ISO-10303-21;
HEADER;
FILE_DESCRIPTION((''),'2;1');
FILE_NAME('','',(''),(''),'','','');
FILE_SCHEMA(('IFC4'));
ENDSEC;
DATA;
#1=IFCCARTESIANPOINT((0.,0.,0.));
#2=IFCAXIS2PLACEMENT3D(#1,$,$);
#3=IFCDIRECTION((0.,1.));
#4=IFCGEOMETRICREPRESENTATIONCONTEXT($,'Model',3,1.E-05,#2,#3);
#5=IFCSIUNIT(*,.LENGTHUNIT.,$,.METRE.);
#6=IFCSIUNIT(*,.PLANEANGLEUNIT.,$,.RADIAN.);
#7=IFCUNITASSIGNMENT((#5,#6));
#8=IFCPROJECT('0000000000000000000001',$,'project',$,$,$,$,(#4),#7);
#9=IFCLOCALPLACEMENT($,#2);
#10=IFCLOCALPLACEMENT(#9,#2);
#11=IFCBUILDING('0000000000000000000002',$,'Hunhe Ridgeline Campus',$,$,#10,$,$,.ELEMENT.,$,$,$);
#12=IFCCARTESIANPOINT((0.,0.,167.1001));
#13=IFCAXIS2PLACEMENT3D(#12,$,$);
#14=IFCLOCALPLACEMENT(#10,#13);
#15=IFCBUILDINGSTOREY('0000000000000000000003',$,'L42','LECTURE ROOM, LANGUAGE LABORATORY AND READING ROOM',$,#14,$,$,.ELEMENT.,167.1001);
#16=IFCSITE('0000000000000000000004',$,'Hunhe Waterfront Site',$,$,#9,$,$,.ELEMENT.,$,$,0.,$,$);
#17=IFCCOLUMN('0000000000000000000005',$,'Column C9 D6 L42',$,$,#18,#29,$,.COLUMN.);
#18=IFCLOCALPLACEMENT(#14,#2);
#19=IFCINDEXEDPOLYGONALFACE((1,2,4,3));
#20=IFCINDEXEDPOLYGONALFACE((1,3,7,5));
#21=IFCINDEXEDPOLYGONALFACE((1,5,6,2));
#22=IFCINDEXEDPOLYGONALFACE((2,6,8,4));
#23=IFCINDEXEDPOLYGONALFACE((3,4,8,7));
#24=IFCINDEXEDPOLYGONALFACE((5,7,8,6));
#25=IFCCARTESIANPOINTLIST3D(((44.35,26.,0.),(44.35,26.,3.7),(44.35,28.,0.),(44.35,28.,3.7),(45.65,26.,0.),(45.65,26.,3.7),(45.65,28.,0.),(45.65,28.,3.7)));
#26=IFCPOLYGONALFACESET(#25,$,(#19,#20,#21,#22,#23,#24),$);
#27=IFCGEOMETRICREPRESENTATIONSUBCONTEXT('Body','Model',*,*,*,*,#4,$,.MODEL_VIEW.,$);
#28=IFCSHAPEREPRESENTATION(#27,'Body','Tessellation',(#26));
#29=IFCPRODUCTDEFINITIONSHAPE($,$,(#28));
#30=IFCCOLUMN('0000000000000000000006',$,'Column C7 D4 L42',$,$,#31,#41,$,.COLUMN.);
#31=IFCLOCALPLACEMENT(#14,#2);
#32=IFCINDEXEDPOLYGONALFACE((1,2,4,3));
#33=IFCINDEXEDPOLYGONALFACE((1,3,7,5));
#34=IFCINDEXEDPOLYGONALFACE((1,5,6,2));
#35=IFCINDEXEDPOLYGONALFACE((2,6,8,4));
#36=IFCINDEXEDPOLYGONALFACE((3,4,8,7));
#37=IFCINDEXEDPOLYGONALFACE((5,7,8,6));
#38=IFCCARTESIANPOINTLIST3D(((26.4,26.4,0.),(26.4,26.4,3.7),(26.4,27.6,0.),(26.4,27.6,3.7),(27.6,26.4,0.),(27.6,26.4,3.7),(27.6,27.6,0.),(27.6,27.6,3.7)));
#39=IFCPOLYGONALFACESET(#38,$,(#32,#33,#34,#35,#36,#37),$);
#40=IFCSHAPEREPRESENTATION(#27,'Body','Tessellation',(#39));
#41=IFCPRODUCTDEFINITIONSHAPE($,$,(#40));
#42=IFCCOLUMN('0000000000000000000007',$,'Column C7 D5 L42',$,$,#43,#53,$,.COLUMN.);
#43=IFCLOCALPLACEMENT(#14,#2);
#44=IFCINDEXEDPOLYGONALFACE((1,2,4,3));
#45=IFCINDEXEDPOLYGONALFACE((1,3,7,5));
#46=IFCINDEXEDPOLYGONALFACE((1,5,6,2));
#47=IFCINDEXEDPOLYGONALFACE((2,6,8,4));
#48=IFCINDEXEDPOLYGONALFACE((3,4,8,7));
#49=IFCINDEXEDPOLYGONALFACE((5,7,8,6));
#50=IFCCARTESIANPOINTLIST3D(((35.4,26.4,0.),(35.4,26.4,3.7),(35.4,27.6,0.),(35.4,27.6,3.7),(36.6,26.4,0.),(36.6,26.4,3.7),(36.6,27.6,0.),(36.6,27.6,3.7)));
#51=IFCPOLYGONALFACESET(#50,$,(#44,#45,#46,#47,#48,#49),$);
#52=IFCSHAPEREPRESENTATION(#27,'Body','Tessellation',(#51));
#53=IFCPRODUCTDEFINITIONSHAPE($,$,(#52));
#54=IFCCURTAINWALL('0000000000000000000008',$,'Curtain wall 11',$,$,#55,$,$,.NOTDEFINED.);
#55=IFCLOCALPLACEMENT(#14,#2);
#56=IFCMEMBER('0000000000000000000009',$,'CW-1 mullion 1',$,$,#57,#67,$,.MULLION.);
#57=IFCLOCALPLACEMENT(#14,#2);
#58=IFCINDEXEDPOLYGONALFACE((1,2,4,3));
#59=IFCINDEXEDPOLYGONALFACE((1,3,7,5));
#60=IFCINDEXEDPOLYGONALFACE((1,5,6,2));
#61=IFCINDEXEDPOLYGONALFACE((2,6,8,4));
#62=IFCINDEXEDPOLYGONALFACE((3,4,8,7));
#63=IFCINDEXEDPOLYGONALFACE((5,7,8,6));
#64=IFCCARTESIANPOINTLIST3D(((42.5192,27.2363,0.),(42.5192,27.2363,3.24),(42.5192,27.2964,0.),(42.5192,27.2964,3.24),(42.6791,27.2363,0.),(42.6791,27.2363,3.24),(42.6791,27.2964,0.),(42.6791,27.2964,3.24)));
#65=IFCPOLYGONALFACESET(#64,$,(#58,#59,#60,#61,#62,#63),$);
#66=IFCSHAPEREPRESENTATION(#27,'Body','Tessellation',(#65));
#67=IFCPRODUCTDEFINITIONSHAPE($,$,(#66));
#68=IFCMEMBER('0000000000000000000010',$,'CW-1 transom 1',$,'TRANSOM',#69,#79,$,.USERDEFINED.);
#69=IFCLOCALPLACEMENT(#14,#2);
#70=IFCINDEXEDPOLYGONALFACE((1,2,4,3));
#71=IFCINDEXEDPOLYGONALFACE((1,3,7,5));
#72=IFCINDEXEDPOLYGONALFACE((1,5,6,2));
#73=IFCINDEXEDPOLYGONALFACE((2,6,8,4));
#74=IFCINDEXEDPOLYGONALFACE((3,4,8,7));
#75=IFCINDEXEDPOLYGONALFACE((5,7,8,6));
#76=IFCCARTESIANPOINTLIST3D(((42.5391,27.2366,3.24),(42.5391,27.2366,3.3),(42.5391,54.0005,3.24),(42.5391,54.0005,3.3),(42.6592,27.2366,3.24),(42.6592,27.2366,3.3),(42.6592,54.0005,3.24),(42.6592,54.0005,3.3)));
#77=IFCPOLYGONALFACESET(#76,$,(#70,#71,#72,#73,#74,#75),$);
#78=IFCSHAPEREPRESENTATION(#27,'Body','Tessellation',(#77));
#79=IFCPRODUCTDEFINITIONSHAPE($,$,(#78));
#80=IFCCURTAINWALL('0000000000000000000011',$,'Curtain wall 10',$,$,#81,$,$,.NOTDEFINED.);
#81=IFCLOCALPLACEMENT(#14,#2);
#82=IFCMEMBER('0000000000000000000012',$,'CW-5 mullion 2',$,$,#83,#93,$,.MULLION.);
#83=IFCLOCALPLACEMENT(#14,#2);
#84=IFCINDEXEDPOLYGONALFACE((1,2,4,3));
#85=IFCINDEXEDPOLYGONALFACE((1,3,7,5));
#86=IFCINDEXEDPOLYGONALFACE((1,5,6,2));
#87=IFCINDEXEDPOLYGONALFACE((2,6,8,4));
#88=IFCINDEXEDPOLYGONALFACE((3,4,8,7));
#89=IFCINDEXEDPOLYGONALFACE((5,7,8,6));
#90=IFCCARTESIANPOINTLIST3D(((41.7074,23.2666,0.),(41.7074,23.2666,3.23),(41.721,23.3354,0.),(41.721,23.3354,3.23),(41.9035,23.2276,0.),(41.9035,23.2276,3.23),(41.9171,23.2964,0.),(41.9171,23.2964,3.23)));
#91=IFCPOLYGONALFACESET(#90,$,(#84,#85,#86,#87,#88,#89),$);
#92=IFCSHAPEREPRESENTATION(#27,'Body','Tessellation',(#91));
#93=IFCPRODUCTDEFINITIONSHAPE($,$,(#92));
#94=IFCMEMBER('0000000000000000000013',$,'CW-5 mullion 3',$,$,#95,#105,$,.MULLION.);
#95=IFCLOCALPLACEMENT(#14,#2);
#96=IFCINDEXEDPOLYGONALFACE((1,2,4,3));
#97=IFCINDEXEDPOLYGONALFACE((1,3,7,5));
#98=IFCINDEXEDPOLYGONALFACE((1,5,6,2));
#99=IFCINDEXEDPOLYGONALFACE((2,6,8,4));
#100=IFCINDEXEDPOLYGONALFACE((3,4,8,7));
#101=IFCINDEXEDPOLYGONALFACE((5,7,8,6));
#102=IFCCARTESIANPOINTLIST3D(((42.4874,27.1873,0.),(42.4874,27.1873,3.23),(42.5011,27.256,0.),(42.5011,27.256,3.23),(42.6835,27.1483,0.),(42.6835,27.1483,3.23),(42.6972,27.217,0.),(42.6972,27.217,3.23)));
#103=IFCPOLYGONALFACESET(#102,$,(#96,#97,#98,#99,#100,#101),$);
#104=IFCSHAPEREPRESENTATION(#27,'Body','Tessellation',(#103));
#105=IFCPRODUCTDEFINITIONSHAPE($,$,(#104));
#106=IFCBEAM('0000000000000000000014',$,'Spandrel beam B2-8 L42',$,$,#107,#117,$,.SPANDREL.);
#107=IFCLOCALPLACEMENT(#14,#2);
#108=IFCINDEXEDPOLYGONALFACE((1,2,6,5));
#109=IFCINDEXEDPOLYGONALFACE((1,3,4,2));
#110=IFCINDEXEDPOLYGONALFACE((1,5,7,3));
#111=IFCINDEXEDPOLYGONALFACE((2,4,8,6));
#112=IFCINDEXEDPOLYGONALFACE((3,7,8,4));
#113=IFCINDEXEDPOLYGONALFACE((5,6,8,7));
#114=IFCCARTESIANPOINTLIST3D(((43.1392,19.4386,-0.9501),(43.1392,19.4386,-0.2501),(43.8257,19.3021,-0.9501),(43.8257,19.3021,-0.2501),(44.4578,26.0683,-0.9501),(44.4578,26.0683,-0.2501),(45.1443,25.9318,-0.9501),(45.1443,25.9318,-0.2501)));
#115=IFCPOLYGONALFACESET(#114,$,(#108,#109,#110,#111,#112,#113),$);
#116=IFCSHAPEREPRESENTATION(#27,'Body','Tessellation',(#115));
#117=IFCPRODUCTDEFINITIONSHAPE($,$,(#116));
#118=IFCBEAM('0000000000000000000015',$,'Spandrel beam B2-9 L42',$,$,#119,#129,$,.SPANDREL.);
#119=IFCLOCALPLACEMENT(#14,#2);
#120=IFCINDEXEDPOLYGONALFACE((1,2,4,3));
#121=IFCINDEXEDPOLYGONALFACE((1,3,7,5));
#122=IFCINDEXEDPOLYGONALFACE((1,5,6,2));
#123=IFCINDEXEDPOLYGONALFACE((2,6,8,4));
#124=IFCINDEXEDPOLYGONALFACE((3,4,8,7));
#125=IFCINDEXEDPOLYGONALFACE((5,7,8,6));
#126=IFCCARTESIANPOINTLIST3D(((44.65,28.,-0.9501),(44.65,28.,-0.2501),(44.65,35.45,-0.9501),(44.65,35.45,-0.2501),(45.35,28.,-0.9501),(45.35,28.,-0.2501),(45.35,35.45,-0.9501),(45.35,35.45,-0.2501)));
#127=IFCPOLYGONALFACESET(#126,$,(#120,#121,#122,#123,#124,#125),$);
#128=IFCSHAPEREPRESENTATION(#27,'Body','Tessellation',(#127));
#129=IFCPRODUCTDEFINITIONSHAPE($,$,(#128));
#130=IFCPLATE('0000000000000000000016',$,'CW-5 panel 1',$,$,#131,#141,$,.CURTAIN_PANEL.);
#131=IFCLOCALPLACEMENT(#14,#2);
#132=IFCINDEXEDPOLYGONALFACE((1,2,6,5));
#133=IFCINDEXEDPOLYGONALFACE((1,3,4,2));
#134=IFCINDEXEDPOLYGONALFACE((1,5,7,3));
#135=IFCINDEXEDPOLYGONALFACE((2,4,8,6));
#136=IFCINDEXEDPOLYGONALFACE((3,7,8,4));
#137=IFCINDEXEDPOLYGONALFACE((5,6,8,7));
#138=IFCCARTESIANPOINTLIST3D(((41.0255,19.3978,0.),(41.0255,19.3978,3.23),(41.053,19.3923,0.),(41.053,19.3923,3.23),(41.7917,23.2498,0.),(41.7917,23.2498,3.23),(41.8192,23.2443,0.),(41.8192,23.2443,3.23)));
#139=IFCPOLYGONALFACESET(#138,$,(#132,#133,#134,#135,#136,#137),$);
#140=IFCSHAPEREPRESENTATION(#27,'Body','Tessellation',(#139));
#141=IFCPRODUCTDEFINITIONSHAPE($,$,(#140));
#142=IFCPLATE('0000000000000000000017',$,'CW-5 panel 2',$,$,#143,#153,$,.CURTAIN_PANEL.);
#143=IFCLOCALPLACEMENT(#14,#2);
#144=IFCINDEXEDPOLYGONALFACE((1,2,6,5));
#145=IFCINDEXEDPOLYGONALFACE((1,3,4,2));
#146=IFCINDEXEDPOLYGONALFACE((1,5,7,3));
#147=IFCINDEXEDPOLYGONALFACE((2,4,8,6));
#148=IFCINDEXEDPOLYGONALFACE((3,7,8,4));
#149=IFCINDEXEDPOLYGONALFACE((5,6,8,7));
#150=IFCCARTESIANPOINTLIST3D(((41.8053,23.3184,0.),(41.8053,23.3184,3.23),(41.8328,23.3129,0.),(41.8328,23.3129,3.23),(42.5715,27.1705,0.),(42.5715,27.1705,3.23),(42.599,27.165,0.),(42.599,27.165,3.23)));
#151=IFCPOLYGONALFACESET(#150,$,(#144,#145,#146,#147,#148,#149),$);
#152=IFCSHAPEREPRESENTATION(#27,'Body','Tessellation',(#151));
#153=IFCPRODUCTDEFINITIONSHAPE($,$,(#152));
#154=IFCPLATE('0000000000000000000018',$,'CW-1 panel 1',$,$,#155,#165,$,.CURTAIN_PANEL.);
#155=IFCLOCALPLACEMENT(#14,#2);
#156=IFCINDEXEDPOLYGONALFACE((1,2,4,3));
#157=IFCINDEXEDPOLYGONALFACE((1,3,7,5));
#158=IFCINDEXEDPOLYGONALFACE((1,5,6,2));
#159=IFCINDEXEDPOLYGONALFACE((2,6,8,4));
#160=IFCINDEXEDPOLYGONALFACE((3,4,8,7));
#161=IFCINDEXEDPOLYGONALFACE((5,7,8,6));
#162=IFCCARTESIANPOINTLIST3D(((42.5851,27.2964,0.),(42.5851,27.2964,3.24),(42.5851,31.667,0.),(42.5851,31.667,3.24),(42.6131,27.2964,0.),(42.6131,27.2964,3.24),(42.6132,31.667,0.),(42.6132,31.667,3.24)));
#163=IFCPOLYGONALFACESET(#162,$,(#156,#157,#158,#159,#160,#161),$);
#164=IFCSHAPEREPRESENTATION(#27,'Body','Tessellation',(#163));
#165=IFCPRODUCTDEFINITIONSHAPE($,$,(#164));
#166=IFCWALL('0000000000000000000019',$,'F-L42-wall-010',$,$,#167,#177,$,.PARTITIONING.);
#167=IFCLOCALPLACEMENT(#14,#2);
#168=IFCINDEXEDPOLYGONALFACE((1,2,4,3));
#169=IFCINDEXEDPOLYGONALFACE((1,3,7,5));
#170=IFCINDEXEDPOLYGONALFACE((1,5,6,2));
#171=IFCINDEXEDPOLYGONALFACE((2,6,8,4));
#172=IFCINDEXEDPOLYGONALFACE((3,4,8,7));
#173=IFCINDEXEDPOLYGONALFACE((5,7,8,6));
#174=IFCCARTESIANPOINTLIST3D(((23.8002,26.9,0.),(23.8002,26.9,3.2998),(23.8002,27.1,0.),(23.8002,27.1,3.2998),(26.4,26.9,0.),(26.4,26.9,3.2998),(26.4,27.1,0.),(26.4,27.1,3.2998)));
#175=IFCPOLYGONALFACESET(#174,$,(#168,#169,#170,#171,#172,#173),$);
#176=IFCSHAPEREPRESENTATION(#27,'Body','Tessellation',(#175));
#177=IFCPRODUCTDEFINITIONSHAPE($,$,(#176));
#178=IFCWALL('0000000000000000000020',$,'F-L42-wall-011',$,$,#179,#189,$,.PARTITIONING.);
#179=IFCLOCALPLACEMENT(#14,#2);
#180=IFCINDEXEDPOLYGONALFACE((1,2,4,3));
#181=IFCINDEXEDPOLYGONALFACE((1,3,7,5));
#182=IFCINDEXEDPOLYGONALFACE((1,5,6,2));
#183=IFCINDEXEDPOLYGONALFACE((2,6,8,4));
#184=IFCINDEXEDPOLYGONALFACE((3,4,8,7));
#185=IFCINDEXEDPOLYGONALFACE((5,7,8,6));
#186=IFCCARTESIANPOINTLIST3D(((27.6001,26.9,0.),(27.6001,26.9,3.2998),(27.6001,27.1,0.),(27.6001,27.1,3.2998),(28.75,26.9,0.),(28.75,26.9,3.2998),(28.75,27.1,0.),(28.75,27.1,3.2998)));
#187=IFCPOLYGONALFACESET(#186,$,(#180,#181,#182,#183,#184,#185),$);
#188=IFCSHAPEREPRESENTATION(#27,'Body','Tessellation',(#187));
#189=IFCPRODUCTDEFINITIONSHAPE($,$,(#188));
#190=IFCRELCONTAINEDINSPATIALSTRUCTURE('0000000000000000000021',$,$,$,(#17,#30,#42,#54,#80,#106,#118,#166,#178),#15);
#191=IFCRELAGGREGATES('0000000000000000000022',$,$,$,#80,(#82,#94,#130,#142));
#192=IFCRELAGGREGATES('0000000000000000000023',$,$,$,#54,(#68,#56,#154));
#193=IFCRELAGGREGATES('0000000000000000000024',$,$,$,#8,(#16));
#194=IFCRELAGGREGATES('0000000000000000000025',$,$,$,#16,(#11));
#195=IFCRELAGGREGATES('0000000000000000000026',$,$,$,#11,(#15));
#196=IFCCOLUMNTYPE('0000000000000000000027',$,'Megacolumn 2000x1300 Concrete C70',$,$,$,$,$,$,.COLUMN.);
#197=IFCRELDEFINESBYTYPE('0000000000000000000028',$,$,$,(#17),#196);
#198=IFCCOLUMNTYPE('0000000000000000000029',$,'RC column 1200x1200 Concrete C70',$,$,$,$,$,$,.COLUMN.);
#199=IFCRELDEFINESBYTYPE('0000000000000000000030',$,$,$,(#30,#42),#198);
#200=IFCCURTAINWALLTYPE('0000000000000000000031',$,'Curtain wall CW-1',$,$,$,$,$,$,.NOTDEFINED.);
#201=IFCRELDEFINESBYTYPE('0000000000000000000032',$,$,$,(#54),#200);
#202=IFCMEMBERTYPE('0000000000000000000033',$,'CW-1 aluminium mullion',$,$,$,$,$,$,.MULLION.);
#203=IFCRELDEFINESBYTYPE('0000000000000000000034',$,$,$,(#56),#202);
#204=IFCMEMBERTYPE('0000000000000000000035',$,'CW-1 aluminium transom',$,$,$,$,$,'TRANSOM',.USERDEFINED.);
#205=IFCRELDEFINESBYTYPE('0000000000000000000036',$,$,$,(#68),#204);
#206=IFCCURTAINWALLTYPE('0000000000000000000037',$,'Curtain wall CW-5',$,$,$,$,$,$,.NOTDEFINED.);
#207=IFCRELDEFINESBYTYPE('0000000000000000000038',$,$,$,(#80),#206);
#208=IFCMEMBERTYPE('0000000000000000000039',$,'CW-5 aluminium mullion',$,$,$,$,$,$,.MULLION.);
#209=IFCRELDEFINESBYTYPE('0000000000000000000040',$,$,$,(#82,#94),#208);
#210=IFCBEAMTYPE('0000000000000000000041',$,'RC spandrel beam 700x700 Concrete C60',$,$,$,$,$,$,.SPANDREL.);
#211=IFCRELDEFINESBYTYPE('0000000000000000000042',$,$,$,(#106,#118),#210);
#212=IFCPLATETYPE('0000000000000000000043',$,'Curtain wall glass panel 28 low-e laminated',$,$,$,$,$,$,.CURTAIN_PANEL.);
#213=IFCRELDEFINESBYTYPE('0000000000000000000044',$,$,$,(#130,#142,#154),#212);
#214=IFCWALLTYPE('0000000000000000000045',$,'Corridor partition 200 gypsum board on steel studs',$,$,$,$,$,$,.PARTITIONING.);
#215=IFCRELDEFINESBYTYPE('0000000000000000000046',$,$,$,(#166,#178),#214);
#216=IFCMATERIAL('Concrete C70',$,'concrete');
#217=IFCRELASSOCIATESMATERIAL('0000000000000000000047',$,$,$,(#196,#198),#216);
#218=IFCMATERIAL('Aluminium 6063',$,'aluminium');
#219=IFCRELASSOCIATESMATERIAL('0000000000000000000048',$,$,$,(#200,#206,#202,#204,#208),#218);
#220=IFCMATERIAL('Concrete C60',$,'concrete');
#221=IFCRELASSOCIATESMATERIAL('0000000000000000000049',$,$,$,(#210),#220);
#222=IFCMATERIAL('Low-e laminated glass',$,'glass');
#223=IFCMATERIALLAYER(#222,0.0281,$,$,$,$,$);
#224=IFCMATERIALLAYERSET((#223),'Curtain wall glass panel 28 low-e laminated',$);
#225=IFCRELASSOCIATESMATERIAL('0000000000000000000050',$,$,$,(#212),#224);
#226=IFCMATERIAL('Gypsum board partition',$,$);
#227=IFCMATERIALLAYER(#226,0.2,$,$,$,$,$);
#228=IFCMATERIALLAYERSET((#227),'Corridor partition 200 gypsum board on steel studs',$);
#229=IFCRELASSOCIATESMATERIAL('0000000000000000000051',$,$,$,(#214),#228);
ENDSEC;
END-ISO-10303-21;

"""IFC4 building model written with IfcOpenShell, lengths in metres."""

from ifc_helpers import new_model, si_unit, direction, frame, frame_2d, origin, origin_2d, place, context, subcontext, project, spatial, rectangle, extrude, material, layer, layer_set, material_profile, profile_set, type_object, element, aggregate, save


model = new_model("IFC4")

# Units and contexts
model_context = context("Model", 3, precision=1e-05, world=origin(), true_north=direction((0.0, 1.0)))
body_context = subcontext(model_context, "Body", "Model", "MODEL_VIEW")
ifc_project = project(units=[si_unit("LENGTHUNIT", "METRE"), si_unit("PLANEANGLEUNIT", "RADIAN")], contexts=[model_context])

# Site, building, storey
site_placement = place(None, origin())
site = spatial("IfcSite", under=ifc_project, at=site_placement, Name="Hunhe Waterfront Site", CompositionType="ELEMENT", RefElevation=0.0)
building_placement = place(site_placement, origin())
building = spatial("IfcBuilding", under=site, at=building_placement, Name="Hunhe Ridgeline Campus", CompositionType="ELEMENT")
storey_placement = place(building_placement, frame((0.0, 0.0, 167.1001)))
storey = spatial("IfcBuildingStorey", under=building, at=storey_placement, Name="L42", Description="LECTURE ROOM, LANGUAGE LABORATORY AND READING ROOM", CompositionType="ELEMENT", Elevation=167.1001)

# Columns
ifc_material_1 = material(Name="Concrete C70", Category="concrete")
ifc_material_profile_1 = material_profile(ifc_material_1, rectangle(XDim=2.0, YDim=1.3, at=origin_2d()))
ifc_profile_set_1 = profile_set([ifc_material_profile_1], Name="Concrete C70")
column_type_1 = type_object("IfcColumnType", Name="Megacolumn 2000x1300 Concrete C70", PredefinedType="COLUMN", material=ifc_profile_set_1)
column_placement = place(storey_placement, frame((45.0, 27.0, 0.0), z_axis=(0.0, 0.0, 1.0), x_axis=(0.0, 1.0, 0.0)))
element("IfcColumn", 1, at=column_placement, inside=storey, type_object=column_type_1, Name="Column C9 D6 L42", PredefinedType="COLUMN", context=body_context, shape_type="SweptSolid", body=[
    extrude(rectangle(XDim=2.0, YDim=1.3, at=origin_2d()), origin(), (0.0, 0.0, 1.0), 3.7),
])
ifc_material_profile_2 = material_profile(ifc_material_1, rectangle(XDim=1.2, YDim=1.2, at=origin_2d()))
ifc_profile_set_2 = profile_set([ifc_material_profile_2], Name="Concrete C70")
column_type_2 = type_object("IfcColumnType", Name="RC column 1200x1200 Concrete C70", PredefinedType="COLUMN", material=ifc_profile_set_2)
for number, where, z_axis, x_axis, name in (
    (2, (27.0, 27.0, 0.0), (0.0, 0.0, 1.0), (1.0, 0.0, 0.0), "Column C7 D4 L42"),
    (3, (36.0, 27.0, 0.0), (0.0, 0.0, 1.0), (1.0, 0.0, 0.0), "Column C7 D5 L42"),
):
    element("IfcColumn", number, at=place(storey_placement, frame(where, z_axis=z_axis, x_axis=x_axis)), inside=storey, type_object=column_type_2, Name=name, PredefinedType="COLUMN", context=body_context, shape_type="SweptSolid", body=[
        extrude(rectangle(XDim=1.2, YDim=1.2, at=origin_2d()), origin(), (0.0, 0.0, 1.0), 3.7),
    ])

# Curtain walls, members
ifc_material_2 = material(Name="Aluminium 6063", Category="aluminium")
curtain_wall_type_1 = type_object("IfcCurtainWallType", Name="Curtain wall CW-1", PredefinedType="NOTDEFINED", material=ifc_material_2)
curtain_wall_1_placement = place(storey_placement, origin())
curtain_wall_1 = element("IfcCurtainWall", 4, at=curtain_wall_1_placement, inside=storey, type_object=curtain_wall_type_1, Name="Curtain wall 11", PredefinedType="NOTDEFINED")
ifc_material_profile_3 = material_profile(ifc_material_2, rectangle(XDim=0.1599, YDim=0.0601, at=origin_2d()))
ifc_profile_set_3 = profile_set([ifc_material_profile_3], Name="Aluminium 6063")
member_type_1 = type_object("IfcMemberType", Name="CW-1 aluminium mullion", PredefinedType="MULLION", material=ifc_profile_set_3)
member_1_placement = place(storey_placement, frame((42.5991, 27.2664, 0.0), z_axis=(0.0, 0.0, 1.0), x_axis=(-1.0, 0.000004, 0.0)))
member_1 = element("IfcMember", 5, at=member_1_placement, type_object=member_type_1, Name="CW-1 mullion 1", PredefinedType="MULLION", context=body_context, shape_type="SweptSolid", body=[
    extrude(rectangle(XDim=0.1599, YDim=0.0601, at=origin_2d()), origin(), (0.0, 0.0, 1.0), 3.24),
])
ifc_material_profile_4 = material_profile(ifc_material_2, rectangle(XDim=0.1201, YDim=0.0601, at=origin_2d()))
ifc_profile_set_4 = profile_set([ifc_material_profile_4], Name="Aluminium 6063")
member_type_2 = type_object("IfcMemberType", Name="CW-1 aluminium transom", ElementType="TRANSOM", PredefinedType="USERDEFINED", material=ifc_profile_set_4)
member_2_placement = place(storey_placement, frame((42.5991, 27.2366, 3.27), z_axis=(0.0, 1.0, 0.0), x_axis=(-1.0, 0.0, 0.0)))
member_2 = element("IfcMember", 6, at=member_2_placement, type_object=member_type_2, Name="CW-1 transom 1", ObjectType="TRANSOM", PredefinedType="USERDEFINED", context=body_context, shape_type="SweptSolid", body=[
    extrude(rectangle(XDim=0.1201, YDim=0.0601, at=origin_2d()), origin(), (0.0, 0.0, 1.0), 26.7639),
])
curtain_wall_type_2 = type_object("IfcCurtainWallType", Name="Curtain wall CW-5", PredefinedType="NOTDEFINED", material=ifc_material_2)
curtain_wall_2_placement = place(storey_placement, origin())
curtain_wall_2 = element("IfcCurtainWall", 7, at=curtain_wall_2_placement, inside=storey, type_object=curtain_wall_type_2, Name="Curtain wall 10", PredefinedType="NOTDEFINED")
ifc_material_profile_5 = material_profile(ifc_material_2, rectangle(XDim=0.2, YDim=0.0701, at=origin_2d()))
ifc_profile_set_5 = profile_set([ifc_material_profile_5], Name="Aluminium 6063")
member_type_3 = type_object("IfcMemberType", Name="CW-5 aluminium mullion", PredefinedType="MULLION", material=ifc_profile_set_5)
member_3_placement = place(storey_placement, frame((41.8123, 23.2815, 0.0), z_axis=(0.0, 0.0, 1.0), x_axis=(-0.980785, 0.19509, 0.0)))
member_3 = element("IfcMember", 8, at=member_3_placement, type_object=member_type_3, Name="CW-5 mullion 2", PredefinedType="MULLION", context=body_context, shape_type="SweptSolid", body=[
    extrude(rectangle(XDim=0.2, YDim=0.0701, at=origin_2d()), origin(), (0.0, 0.0, 1.0), 3.23),
])
member_4_placement = place(storey_placement, frame((42.5923, 27.2021, 0.0), z_axis=(0.0, 0.0, 1.0), x_axis=(-0.980785, 0.19509, 0.0)))
member_4 = element("IfcMember", 9, at=member_4_placement, type_object=member_type_3, Name="CW-5 mullion 3", PredefinedType="MULLION", context=body_context, shape_type="SweptSolid", body=[
    extrude(rectangle(XDim=0.2, YDim=0.0701, at=origin_2d()), origin(), (0.0, 0.0, 1.0), 3.23),
])

# Beams
ifc_material_3 = material(Name="Concrete C60", Category="concrete")
ifc_material_profile_6 = material_profile(ifc_material_3, rectangle(XDim=0.7, YDim=0.7, at=origin_2d()))
ifc_profile_set_6 = profile_set([ifc_material_profile_6], Name="Concrete C60")
beam_type = type_object("IfcBeamType", Name="RC spandrel beam 700x700 Concrete C60", PredefinedType="SPANDREL", material=ifc_profile_set_6)
beam_1_placement = place(storey_placement, frame((43.4824, 19.3704, -0.6001), z_axis=(0.195074, 0.980788, 0.0), x_axis=(-0.980788, 0.195074, 0.0)))
element("IfcBeam", 10, at=beam_1_placement, inside=storey, type_object=beam_type, Name="Spandrel beam B2-8 L42", PredefinedType="SPANDREL", context=body_context, shape_type="SweptSolid", body=[
    extrude(rectangle(XDim=0.7, YDim=0.7, at=origin_2d()), origin(), (0.0, 0.0, 1.0), 6.7595),
])
beam_2_placement = place(storey_placement, frame((45.0, 28.0, -0.6001), z_axis=(0.0, 1.0, 0.0), x_axis=(-1.0, 0.0, 0.0)))
element("IfcBeam", 11, at=beam_2_placement, inside=storey, type_object=beam_type, Name="Spandrel beam B2-9 L42", PredefinedType="SPANDREL", context=body_context, shape_type="SweptSolid", body=[
    extrude(rectangle(XDim=0.7, YDim=0.7, at=origin_2d()), origin(), (0.0, 0.0, 1.0), 7.45),
])

# Plates
ifc_material_4 = material(Name="Low-e laminated glass", Category="glass")
ifc_layer_1 = layer(ifc_material_4, 0.0281)
ifc_layer_set_1 = layer_set([ifc_layer_1], Name="Curtain wall glass panel 28 low-e laminated")
plate_type = type_object("IfcPlateType", Name="Curtain wall glass panel 28 low-e laminated", PredefinedType="CURTAIN_PANEL", material=ifc_layer_set_1)
plate_1_placement = place(storey_placement, frame((41.4224, 21.321, 0.0), z_axis=(0.0, 0.0, 1.0), x_axis=(0.19509, 0.980785, 0.0)))
plate_1 = element("IfcPlate", 12, at=plate_1_placement, type_object=plate_type, Name="CW-5 panel 1", PredefinedType="CURTAIN_PANEL", context=body_context, shape_type="SweptSolid", body=[
    extrude(rectangle(XDim=3.9275, YDim=0.0281, at=origin_2d()), origin(), (0.0, 0.0, 1.0), 3.23),
])
plate_2_placement = place(storey_placement, frame((42.2021, 25.2417, 0.0), z_axis=(0.0, 0.0, 1.0), x_axis=(0.19509, 0.980785, 0.0)))
plate_2 = element("IfcPlate", 13, at=plate_2_placement, type_object=plate_type, Name="CW-5 panel 2", PredefinedType="CURTAIN_PANEL", context=body_context, shape_type="SweptSolid", body=[
    extrude(rectangle(XDim=3.9275, YDim=0.0281, at=origin_2d()), origin(), (0.0, 0.0, 1.0), 3.23),
])
aggregate(curtain_wall_2, [member_3, member_4, plate_1, plate_2])
plate_3_placement = place(storey_placement, frame((42.5991, 29.4817, 0.0), z_axis=(0.0, 0.0, 1.0), x_axis=(0.000004, 1.0, 0.0)))
plate_3 = element("IfcPlate", 14, at=plate_3_placement, type_object=plate_type, Name="CW-1 panel 1", PredefinedType="CURTAIN_PANEL", context=body_context, shape_type="SweptSolid", body=[
    extrude(rectangle(XDim=4.3706, YDim=0.0281, at=origin_2d()), origin(), (0.0, 0.0, 1.0), 3.24),
])
aggregate(curtain_wall_1, [member_2, member_1, plate_3])

# Walls
ifc_material_5 = material(Name="Gypsum board partition")
ifc_layer_2 = layer(ifc_material_5, 0.2)
ifc_layer_set_2 = layer_set([ifc_layer_2], Name="Corridor partition 200 gypsum board on steel studs")
wall_type_1 = type_object("IfcWallType", Name="Corridor partition 200 gypsum board on steel studs", PredefinedType="PARTITIONING", material=ifc_layer_set_2)
wall_1_placement = place(storey_placement, frame((26.3999, 27.0, 0.0), z_axis=(0.0, 0.0, 1.0), x_axis=(-1.0, 0.0, 0.0)))
element("IfcWall", 15, at=wall_1_placement, inside=storey, type_object=wall_type_1, Name="F-L42-wall-010", PredefinedType="PARTITIONING", context=body_context, shape_type="SweptSolid", body=[
    extrude(rectangle(XDim=2.5999, YDim=0.2, at=frame_2d((1.2998, 0.0))), origin(), (0.0, 0.0, 1.0), 3.2998),
])
wall_2_placement = place(storey_placement, frame((28.75, 27.0, 0.0), z_axis=(0.0, 0.0, 1.0), x_axis=(-1.0, 0.0, 0.0)))
element("IfcWall", 16, at=wall_2_placement, inside=storey, type_object=wall_type_1, Name="F-L42-wall-011", PredefinedType="PARTITIONING", context=body_context, shape_type="SweptSolid", body=[
    extrude(rectangle(XDim=1.1499, YDim=0.2, at=frame_2d((0.575, 0.0))), origin(), (0.0, 0.0, 1.0), 3.2998),
])

save(model, "model.ifc")
